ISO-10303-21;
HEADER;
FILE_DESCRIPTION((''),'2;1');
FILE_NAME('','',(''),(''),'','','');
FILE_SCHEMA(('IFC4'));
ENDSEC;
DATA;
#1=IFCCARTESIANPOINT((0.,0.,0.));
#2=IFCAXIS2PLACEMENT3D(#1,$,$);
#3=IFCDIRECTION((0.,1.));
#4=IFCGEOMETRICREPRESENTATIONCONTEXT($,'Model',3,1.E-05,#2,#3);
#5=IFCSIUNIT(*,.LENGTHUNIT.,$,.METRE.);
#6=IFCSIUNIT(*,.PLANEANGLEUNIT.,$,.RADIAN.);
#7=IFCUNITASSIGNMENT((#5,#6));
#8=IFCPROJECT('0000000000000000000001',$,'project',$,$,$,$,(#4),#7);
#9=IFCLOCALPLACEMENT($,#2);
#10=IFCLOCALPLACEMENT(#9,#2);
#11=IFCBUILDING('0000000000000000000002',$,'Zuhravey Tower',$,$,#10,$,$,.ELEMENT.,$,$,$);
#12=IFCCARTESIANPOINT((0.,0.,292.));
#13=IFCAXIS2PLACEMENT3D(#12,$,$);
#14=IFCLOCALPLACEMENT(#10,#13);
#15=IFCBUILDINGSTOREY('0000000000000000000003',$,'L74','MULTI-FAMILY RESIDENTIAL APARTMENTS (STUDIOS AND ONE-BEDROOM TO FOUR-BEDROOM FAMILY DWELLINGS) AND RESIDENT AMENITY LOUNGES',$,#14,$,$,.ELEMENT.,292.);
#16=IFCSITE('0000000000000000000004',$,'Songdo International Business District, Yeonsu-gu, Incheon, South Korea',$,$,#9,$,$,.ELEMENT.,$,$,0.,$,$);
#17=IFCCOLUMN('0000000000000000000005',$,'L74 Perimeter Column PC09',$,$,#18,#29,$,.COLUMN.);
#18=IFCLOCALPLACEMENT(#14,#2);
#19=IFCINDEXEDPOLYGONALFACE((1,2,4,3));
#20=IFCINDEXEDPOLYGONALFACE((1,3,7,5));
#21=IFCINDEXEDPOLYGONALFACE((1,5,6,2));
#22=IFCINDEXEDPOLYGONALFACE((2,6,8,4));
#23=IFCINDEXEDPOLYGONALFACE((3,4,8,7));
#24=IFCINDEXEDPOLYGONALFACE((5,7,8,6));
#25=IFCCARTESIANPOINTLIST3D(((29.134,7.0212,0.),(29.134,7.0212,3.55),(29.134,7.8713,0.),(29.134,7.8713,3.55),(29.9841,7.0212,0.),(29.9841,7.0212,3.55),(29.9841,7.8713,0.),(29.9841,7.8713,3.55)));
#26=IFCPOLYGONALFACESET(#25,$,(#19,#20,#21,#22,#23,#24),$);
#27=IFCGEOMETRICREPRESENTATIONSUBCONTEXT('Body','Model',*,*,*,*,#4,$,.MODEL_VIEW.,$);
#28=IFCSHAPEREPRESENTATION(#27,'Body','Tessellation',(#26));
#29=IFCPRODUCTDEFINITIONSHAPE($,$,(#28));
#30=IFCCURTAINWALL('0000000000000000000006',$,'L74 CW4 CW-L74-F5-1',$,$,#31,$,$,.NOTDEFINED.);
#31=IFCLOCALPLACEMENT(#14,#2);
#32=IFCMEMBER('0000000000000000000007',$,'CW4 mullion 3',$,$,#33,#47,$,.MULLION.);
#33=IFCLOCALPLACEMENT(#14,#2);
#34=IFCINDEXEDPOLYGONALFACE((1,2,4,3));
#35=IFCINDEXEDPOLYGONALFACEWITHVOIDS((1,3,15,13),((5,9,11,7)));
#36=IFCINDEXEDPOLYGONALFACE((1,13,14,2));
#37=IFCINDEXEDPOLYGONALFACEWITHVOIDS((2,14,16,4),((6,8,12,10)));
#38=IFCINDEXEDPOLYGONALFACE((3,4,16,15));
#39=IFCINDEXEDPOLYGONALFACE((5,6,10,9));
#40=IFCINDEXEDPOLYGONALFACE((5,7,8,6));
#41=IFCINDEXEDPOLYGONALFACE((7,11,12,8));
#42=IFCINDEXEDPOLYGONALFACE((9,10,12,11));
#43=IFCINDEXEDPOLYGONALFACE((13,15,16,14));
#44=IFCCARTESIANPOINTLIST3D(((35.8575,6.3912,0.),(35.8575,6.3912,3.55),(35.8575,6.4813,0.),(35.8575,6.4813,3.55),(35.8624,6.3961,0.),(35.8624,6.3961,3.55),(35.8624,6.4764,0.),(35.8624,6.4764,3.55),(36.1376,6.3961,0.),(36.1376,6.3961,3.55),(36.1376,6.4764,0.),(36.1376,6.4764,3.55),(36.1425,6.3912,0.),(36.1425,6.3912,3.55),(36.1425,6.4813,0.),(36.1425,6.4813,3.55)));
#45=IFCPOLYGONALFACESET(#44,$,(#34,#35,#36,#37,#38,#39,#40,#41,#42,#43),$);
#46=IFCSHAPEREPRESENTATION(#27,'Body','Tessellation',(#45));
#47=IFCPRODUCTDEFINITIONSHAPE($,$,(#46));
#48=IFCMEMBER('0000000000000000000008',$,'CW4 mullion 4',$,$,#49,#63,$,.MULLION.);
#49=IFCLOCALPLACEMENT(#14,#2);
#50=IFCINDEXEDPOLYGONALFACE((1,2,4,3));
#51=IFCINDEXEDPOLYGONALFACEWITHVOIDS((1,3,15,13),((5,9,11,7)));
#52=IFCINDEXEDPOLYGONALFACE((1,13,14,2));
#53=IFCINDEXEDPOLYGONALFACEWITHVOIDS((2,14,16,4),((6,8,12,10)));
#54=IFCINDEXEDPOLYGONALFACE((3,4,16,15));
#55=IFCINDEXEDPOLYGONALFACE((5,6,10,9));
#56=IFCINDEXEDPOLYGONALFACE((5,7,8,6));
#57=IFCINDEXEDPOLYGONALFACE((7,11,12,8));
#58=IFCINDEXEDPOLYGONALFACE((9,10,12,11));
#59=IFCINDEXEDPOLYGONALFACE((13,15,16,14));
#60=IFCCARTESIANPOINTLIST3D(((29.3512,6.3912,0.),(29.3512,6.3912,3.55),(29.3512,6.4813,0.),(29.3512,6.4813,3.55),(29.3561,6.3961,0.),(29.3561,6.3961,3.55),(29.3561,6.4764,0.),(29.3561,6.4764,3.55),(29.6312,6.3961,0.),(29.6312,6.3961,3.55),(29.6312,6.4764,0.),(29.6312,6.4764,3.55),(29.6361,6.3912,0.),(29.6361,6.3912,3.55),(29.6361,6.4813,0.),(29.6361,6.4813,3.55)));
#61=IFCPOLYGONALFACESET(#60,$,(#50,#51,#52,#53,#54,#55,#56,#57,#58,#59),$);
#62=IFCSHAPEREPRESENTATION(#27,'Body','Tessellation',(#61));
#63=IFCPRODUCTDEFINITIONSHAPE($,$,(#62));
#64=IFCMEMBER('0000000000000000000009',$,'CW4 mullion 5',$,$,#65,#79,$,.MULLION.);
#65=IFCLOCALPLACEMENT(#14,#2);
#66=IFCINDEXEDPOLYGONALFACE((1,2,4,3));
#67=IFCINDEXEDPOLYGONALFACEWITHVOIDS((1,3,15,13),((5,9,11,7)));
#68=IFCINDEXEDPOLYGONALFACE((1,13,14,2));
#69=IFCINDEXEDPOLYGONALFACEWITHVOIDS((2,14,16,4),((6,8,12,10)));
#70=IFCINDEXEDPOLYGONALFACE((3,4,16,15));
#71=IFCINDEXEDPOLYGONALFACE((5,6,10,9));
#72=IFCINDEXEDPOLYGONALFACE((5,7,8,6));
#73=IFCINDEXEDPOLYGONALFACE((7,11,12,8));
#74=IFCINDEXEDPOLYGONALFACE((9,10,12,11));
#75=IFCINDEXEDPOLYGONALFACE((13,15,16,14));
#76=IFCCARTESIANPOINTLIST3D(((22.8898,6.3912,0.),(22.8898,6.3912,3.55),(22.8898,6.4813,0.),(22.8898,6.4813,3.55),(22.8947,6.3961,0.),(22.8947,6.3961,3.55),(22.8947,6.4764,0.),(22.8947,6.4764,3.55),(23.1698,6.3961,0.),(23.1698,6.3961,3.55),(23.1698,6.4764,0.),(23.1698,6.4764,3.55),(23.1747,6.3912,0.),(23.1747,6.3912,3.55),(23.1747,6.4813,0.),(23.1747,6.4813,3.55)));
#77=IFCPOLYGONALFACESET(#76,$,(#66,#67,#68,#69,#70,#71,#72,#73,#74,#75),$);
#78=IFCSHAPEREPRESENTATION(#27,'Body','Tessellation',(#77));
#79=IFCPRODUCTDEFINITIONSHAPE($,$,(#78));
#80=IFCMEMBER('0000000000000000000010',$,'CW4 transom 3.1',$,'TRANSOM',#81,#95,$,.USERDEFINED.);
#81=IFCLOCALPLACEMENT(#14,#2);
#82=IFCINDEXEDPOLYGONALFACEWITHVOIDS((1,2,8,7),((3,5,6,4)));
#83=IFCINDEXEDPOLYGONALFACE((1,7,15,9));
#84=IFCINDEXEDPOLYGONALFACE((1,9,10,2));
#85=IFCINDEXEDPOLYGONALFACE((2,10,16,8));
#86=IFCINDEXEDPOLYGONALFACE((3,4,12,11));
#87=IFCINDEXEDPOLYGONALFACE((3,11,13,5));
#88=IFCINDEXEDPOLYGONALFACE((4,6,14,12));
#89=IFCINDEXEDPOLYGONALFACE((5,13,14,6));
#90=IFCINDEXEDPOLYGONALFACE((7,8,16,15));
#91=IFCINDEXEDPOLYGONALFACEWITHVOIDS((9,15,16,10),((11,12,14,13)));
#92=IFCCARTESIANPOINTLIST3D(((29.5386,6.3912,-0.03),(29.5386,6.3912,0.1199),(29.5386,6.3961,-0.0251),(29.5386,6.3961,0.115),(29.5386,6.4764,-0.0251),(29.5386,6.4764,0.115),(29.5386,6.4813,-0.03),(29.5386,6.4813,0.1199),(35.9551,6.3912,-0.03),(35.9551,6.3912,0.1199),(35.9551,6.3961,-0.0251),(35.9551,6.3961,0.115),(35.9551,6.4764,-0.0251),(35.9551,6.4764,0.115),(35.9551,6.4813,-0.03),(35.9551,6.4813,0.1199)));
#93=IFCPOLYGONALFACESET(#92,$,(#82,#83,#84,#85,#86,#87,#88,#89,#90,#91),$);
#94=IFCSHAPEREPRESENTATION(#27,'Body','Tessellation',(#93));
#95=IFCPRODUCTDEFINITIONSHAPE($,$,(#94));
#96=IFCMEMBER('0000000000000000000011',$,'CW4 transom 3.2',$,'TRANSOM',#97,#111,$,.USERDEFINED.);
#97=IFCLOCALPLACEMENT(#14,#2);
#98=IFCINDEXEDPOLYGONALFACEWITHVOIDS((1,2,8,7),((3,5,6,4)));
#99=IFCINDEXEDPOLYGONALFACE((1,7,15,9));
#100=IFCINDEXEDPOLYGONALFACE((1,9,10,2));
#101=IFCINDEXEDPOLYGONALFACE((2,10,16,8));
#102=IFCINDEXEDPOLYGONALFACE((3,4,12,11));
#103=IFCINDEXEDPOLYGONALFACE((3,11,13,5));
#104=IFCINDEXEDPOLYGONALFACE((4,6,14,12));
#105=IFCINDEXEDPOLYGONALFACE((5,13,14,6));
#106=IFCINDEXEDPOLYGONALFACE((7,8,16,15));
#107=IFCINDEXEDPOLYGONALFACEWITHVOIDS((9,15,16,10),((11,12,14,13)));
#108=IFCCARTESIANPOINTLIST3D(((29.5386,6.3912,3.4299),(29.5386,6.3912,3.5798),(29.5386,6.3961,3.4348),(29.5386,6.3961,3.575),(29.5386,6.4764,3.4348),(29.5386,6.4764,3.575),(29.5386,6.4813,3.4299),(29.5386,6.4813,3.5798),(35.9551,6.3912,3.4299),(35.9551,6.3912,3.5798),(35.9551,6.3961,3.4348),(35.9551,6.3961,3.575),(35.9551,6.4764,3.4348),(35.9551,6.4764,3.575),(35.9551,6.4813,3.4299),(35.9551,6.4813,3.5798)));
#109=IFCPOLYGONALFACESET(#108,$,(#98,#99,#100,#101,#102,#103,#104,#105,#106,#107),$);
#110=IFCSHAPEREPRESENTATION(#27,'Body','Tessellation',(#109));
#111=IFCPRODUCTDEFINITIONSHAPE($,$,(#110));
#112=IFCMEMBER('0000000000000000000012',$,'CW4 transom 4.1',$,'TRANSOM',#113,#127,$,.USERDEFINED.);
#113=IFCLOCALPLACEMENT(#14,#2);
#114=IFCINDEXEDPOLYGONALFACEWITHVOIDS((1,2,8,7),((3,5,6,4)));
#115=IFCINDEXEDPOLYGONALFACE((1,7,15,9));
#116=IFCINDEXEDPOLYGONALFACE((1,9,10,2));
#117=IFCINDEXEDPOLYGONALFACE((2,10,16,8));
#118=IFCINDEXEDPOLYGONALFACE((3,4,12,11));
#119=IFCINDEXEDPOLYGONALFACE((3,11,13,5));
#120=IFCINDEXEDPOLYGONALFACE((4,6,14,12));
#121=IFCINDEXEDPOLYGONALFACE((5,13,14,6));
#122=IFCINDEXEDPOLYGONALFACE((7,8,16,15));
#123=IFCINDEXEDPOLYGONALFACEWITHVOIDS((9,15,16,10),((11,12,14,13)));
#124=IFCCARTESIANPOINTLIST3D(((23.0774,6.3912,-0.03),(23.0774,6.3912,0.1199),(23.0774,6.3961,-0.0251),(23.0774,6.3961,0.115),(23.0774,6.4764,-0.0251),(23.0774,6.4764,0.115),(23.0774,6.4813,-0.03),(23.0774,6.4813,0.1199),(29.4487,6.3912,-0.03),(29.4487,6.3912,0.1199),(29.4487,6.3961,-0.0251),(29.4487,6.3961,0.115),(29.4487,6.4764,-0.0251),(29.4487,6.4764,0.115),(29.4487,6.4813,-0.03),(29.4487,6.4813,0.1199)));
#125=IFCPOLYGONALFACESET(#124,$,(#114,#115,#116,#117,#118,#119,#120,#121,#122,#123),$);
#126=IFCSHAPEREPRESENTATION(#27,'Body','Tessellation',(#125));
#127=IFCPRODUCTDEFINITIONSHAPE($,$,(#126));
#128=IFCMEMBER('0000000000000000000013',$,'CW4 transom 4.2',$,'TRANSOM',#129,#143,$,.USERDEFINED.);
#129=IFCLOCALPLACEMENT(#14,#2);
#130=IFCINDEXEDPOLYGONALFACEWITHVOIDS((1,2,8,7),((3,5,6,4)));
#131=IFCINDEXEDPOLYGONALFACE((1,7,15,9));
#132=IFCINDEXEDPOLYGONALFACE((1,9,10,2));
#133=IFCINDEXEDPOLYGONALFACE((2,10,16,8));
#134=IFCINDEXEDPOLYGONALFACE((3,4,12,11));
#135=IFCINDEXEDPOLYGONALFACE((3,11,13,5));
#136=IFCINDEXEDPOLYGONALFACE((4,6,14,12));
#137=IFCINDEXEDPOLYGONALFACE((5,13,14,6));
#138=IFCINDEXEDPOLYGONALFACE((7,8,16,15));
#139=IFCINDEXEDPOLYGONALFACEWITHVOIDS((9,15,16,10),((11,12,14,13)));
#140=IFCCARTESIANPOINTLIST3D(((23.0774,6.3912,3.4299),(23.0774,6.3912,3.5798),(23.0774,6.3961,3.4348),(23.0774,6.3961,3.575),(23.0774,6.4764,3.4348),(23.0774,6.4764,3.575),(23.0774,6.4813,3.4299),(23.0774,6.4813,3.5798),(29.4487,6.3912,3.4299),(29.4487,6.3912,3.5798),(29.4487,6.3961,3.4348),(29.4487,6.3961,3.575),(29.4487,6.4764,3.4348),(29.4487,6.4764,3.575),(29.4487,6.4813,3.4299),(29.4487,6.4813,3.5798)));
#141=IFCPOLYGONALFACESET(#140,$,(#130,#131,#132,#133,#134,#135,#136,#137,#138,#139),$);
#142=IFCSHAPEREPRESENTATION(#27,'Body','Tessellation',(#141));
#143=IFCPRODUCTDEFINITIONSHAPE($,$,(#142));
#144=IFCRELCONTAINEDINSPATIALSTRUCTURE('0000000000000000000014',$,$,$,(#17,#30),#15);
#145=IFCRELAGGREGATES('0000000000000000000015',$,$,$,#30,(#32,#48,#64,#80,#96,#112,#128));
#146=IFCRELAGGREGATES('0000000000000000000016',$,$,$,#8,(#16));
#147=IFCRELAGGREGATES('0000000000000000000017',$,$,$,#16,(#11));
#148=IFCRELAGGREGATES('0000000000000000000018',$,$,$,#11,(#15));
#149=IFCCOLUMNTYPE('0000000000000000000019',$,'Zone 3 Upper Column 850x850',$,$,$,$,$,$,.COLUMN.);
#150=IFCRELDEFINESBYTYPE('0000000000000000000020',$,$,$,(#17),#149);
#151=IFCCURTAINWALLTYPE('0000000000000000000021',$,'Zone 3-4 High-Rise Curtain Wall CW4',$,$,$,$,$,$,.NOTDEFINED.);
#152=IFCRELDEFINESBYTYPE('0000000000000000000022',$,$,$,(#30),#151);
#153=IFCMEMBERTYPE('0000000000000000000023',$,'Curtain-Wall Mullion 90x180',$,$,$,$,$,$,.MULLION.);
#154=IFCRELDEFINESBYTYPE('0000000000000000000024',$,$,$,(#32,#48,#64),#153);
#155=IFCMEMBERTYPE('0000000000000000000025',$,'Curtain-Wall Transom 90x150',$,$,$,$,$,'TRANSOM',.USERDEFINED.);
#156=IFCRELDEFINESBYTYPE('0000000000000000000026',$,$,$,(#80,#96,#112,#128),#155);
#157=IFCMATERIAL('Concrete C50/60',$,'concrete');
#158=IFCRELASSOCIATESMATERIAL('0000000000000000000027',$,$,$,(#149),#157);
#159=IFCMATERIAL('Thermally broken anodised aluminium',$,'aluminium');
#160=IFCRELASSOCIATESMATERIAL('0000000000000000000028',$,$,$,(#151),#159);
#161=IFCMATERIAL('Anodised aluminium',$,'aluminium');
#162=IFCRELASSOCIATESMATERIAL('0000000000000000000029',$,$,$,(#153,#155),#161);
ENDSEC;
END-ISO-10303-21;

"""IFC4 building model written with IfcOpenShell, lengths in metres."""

from ifc_helpers import new_model, si_unit, direction, frame, origin, origin_2d, place, context, subcontext, project, spatial, rectangle, hollow_rectangle, extrude, material, material_profile, profile_set, type_object, element, aggregate, save


model = new_model("IFC4")

# Units and contexts
model_context = context("Model", 3, precision=1e-05, world=origin(), true_north=direction((0.0, 1.0)))
body_context = subcontext(model_context, "Body", "Model", "MODEL_VIEW")
ifc_project = project(units=[si_unit("LENGTHUNIT", "METRE"), si_unit("PLANEANGLEUNIT", "RADIAN")], contexts=[model_context])

# Site, building, storey
site_placement = place(None, origin())
site = spatial("IfcSite", under=ifc_project, at=site_placement, Name="Songdo International Business District, Yeonsu-gu, Incheon, South Korea", CompositionType="ELEMENT", RefElevation=0.0)
building_placement = place(site_placement, origin())
building = spatial("IfcBuilding", under=site, at=building_placement, Name="Zuhravey Tower", CompositionType="ELEMENT")
storey_placement = place(building_placement, frame((0.0, 0.0, 292.0)))
storey = spatial("IfcBuildingStorey", under=building, at=storey_placement, Name="L74", Description="MULTI-FAMILY RESIDENTIAL APARTMENTS (STUDIOS AND ONE-BEDROOM TO FOUR-BEDROOM FAMILY DWELLINGS) AND RESIDENT AMENITY LOUNGES", CompositionType="ELEMENT", Elevation=292.0)

# Column
ifc_material_1 = material(Name="Concrete C50/60", Category="concrete")
ifc_material_profile_1 = material_profile(ifc_material_1, rectangle(XDim=0.8501, YDim=0.8501, at=origin_2d()), Name="RC-850x850")
ifc_profile_set_1 = profile_set([ifc_material_profile_1], Name="Concrete C50/60")
column_type = type_object("IfcColumnType", Name="Zone 3 Upper Column 850x850", PredefinedType="COLUMN", material=ifc_profile_set_1)
column_placement = place(storey_placement, frame((29.5591, 7.4463, 0.0), z_axis=(0.0, 0.0, 1.0), x_axis=(1.0, 0.0, 0.0)))
element("IfcColumn", 1, at=column_placement, inside=storey, type_object=column_type, Name="L74 Perimeter Column PC09", PredefinedType="COLUMN", context=body_context, shape_type="SweptSolid", body=[
    extrude(rectangle(XDim=0.8501, YDim=0.8501, at=origin_2d()), origin(), (0.0, 0.0, 1.0), 3.55),
])

# Curtain wall, members
ifc_material_2 = material(Name="Thermally broken anodised aluminium", Category="aluminium")
curtain_wall_type = type_object("IfcCurtainWallType", Name="Zone 3-4 High-Rise Curtain Wall CW4", PredefinedType="NOTDEFINED", material=ifc_material_2)
curtain_wall_placement = place(storey_placement, origin())
curtain_wall = element("IfcCurtainWall", 2, at=curtain_wall_placement, inside=storey, type_object=curtain_wall_type, Name="L74 CW4 CW-L74-F5-1", PredefinedType="NOTDEFINED")
ifc_material_3 = material(Name="Anodised aluminium", Category="aluminium")
ifc_material_profile_2 = material_profile(ifc_material_3, hollow_rectangle(XDim=0.0901, YDim=0.2849, WallThickness=0.0049, at=origin_2d()), Name="ALU-RHS-90x285x5")
ifc_profile_set_2 = profile_set([ifc_material_profile_2], Name="Anodised aluminium")
member_type_1 = type_object("IfcMemberType", Name="Curtain-Wall Mullion 90x180", PredefinedType="MULLION", material=ifc_profile_set_2)
member_1_placement = place(storey_placement, frame((36.0, 6.4363, 0.0), z_axis=(0.0, 0.0, 1.0), x_axis=(0.0, -1.0, 0.0)))
member_1 = element("IfcMember", 3, at=member_1_placement, type_object=member_type_1, Name="CW4 mullion 3", PredefinedType="MULLION", context=body_context, shape_type="SweptSolid", body=[
    extrude(hollow_rectangle(XDim=0.0901, YDim=0.2849, WallThickness=0.0049, at=origin_2d()), origin(), (0.0, 0.0, 1.0), 3.55),
])
member_2_placement = place(storey_placement, frame((29.4937, 6.4363, 0.0), z_axis=(0.0, 0.0, 1.0), x_axis=(0.0, -1.0, 0.0)))
member_2 = element("IfcMember", 4, at=member_2_placement, type_object=member_type_1, Name="CW4 mullion 4", PredefinedType="MULLION", context=body_context, shape_type="SweptSolid", body=[
    extrude(hollow_rectangle(XDim=0.0901, YDim=0.2849, WallThickness=0.0049, at=origin_2d()), origin(), (0.0, 0.0, 1.0), 3.55),
])
member_3_placement = place(storey_placement, frame((23.0322, 6.4363, 0.0), z_axis=(0.0, 0.0, 1.0), x_axis=(0.0, -1.0, 0.0)))
member_3 = element("IfcMember", 5, at=member_3_placement, type_object=member_type_1, Name="CW4 mullion 5", PredefinedType="MULLION", context=body_context, shape_type="SweptSolid", body=[
    extrude(hollow_rectangle(XDim=0.0901, YDim=0.2849, WallThickness=0.0049, at=origin_2d()), origin(), (0.0, 0.0, 1.0), 3.55),
])
ifc_material_profile_3 = material_profile(ifc_material_3, hollow_rectangle(XDim=0.0901, YDim=0.1499, WallThickness=0.0049, at=origin_2d()), Name="ALU-RHS-90x150x5")
ifc_profile_set_3 = profile_set([ifc_material_profile_3], Name="Anodised aluminium")
member_type_2 = type_object("IfcMemberType", Name="Curtain-Wall Transom 90x150", ElementType="TRANSOM", PredefinedType="USERDEFINED", material=ifc_profile_set_3)
member_4_placement = place(storey_placement, frame((35.9551, 6.4363, 0.0449), z_axis=(-1.0, 0.0, 0.0), x_axis=(0.0, -1.0, 0.0)))
member_4 = element("IfcMember", 6, at=member_4_placement, type_object=member_type_2, Name="CW4 transom 3.1", ObjectType="TRANSOM", PredefinedType="USERDEFINED", context=body_context, shape_type="SweptSolid", body=[
    extrude(hollow_rectangle(XDim=0.0901, YDim=0.1499, WallThickness=0.0049, at=origin_2d()), origin(), (0.0, 0.0, 1.0), 6.4165),
])
member_5_placement = place(storey_placement, frame((35.9551, 6.4363, 3.5049), z_axis=(-1.0, 0.0, 0.0), x_axis=(0.0, -1.0, 0.0)))
member_5 = element("IfcMember", 7, at=member_5_placement, type_object=member_type_2, Name="CW4 transom 3.2", ObjectType="TRANSOM", PredefinedType="USERDEFINED", context=body_context, shape_type="SweptSolid", body=[
    extrude(hollow_rectangle(XDim=0.0901, YDim=0.1499, WallThickness=0.0049, at=origin_2d()), origin(), (0.0, 0.0, 1.0), 6.4165),
])
member_6_placement = place(storey_placement, frame((29.4487, 6.4363, 0.0449), z_axis=(-1.0, 0.0, 0.0), x_axis=(0.0, -1.0, 0.0)))
member_6 = element("IfcMember", 8, at=member_6_placement, type_object=member_type_2, Name="CW4 transom 4.1", ObjectType="TRANSOM", PredefinedType="USERDEFINED", context=body_context, shape_type="SweptSolid", body=[
    extrude(hollow_rectangle(XDim=0.0901, YDim=0.1499, WallThickness=0.0049, at=origin_2d()), origin(), (0.0, 0.0, 1.0), 6.3713),
])
member_7_placement = place(storey_placement, frame((29.4487, 6.4363, 3.5049), z_axis=(-1.0, 0.0, 0.0), x_axis=(0.0, -1.0, 0.0)))
member_7 = element("IfcMember", 9, at=member_7_placement, type_object=member_type_2, Name="CW4 transom 4.2", ObjectType="TRANSOM", PredefinedType="USERDEFINED", context=body_context, shape_type="SweptSolid", body=[
    extrude(hollow_rectangle(XDim=0.0901, YDim=0.1499, WallThickness=0.0049, at=origin_2d()), origin(), (0.0, 0.0, 1.0), 6.3713),
])

aggregate(curtain_wall, [member_1, member_2, member_3, member_4, member_5, member_6, member_7])

save(model, "model.ifc")
